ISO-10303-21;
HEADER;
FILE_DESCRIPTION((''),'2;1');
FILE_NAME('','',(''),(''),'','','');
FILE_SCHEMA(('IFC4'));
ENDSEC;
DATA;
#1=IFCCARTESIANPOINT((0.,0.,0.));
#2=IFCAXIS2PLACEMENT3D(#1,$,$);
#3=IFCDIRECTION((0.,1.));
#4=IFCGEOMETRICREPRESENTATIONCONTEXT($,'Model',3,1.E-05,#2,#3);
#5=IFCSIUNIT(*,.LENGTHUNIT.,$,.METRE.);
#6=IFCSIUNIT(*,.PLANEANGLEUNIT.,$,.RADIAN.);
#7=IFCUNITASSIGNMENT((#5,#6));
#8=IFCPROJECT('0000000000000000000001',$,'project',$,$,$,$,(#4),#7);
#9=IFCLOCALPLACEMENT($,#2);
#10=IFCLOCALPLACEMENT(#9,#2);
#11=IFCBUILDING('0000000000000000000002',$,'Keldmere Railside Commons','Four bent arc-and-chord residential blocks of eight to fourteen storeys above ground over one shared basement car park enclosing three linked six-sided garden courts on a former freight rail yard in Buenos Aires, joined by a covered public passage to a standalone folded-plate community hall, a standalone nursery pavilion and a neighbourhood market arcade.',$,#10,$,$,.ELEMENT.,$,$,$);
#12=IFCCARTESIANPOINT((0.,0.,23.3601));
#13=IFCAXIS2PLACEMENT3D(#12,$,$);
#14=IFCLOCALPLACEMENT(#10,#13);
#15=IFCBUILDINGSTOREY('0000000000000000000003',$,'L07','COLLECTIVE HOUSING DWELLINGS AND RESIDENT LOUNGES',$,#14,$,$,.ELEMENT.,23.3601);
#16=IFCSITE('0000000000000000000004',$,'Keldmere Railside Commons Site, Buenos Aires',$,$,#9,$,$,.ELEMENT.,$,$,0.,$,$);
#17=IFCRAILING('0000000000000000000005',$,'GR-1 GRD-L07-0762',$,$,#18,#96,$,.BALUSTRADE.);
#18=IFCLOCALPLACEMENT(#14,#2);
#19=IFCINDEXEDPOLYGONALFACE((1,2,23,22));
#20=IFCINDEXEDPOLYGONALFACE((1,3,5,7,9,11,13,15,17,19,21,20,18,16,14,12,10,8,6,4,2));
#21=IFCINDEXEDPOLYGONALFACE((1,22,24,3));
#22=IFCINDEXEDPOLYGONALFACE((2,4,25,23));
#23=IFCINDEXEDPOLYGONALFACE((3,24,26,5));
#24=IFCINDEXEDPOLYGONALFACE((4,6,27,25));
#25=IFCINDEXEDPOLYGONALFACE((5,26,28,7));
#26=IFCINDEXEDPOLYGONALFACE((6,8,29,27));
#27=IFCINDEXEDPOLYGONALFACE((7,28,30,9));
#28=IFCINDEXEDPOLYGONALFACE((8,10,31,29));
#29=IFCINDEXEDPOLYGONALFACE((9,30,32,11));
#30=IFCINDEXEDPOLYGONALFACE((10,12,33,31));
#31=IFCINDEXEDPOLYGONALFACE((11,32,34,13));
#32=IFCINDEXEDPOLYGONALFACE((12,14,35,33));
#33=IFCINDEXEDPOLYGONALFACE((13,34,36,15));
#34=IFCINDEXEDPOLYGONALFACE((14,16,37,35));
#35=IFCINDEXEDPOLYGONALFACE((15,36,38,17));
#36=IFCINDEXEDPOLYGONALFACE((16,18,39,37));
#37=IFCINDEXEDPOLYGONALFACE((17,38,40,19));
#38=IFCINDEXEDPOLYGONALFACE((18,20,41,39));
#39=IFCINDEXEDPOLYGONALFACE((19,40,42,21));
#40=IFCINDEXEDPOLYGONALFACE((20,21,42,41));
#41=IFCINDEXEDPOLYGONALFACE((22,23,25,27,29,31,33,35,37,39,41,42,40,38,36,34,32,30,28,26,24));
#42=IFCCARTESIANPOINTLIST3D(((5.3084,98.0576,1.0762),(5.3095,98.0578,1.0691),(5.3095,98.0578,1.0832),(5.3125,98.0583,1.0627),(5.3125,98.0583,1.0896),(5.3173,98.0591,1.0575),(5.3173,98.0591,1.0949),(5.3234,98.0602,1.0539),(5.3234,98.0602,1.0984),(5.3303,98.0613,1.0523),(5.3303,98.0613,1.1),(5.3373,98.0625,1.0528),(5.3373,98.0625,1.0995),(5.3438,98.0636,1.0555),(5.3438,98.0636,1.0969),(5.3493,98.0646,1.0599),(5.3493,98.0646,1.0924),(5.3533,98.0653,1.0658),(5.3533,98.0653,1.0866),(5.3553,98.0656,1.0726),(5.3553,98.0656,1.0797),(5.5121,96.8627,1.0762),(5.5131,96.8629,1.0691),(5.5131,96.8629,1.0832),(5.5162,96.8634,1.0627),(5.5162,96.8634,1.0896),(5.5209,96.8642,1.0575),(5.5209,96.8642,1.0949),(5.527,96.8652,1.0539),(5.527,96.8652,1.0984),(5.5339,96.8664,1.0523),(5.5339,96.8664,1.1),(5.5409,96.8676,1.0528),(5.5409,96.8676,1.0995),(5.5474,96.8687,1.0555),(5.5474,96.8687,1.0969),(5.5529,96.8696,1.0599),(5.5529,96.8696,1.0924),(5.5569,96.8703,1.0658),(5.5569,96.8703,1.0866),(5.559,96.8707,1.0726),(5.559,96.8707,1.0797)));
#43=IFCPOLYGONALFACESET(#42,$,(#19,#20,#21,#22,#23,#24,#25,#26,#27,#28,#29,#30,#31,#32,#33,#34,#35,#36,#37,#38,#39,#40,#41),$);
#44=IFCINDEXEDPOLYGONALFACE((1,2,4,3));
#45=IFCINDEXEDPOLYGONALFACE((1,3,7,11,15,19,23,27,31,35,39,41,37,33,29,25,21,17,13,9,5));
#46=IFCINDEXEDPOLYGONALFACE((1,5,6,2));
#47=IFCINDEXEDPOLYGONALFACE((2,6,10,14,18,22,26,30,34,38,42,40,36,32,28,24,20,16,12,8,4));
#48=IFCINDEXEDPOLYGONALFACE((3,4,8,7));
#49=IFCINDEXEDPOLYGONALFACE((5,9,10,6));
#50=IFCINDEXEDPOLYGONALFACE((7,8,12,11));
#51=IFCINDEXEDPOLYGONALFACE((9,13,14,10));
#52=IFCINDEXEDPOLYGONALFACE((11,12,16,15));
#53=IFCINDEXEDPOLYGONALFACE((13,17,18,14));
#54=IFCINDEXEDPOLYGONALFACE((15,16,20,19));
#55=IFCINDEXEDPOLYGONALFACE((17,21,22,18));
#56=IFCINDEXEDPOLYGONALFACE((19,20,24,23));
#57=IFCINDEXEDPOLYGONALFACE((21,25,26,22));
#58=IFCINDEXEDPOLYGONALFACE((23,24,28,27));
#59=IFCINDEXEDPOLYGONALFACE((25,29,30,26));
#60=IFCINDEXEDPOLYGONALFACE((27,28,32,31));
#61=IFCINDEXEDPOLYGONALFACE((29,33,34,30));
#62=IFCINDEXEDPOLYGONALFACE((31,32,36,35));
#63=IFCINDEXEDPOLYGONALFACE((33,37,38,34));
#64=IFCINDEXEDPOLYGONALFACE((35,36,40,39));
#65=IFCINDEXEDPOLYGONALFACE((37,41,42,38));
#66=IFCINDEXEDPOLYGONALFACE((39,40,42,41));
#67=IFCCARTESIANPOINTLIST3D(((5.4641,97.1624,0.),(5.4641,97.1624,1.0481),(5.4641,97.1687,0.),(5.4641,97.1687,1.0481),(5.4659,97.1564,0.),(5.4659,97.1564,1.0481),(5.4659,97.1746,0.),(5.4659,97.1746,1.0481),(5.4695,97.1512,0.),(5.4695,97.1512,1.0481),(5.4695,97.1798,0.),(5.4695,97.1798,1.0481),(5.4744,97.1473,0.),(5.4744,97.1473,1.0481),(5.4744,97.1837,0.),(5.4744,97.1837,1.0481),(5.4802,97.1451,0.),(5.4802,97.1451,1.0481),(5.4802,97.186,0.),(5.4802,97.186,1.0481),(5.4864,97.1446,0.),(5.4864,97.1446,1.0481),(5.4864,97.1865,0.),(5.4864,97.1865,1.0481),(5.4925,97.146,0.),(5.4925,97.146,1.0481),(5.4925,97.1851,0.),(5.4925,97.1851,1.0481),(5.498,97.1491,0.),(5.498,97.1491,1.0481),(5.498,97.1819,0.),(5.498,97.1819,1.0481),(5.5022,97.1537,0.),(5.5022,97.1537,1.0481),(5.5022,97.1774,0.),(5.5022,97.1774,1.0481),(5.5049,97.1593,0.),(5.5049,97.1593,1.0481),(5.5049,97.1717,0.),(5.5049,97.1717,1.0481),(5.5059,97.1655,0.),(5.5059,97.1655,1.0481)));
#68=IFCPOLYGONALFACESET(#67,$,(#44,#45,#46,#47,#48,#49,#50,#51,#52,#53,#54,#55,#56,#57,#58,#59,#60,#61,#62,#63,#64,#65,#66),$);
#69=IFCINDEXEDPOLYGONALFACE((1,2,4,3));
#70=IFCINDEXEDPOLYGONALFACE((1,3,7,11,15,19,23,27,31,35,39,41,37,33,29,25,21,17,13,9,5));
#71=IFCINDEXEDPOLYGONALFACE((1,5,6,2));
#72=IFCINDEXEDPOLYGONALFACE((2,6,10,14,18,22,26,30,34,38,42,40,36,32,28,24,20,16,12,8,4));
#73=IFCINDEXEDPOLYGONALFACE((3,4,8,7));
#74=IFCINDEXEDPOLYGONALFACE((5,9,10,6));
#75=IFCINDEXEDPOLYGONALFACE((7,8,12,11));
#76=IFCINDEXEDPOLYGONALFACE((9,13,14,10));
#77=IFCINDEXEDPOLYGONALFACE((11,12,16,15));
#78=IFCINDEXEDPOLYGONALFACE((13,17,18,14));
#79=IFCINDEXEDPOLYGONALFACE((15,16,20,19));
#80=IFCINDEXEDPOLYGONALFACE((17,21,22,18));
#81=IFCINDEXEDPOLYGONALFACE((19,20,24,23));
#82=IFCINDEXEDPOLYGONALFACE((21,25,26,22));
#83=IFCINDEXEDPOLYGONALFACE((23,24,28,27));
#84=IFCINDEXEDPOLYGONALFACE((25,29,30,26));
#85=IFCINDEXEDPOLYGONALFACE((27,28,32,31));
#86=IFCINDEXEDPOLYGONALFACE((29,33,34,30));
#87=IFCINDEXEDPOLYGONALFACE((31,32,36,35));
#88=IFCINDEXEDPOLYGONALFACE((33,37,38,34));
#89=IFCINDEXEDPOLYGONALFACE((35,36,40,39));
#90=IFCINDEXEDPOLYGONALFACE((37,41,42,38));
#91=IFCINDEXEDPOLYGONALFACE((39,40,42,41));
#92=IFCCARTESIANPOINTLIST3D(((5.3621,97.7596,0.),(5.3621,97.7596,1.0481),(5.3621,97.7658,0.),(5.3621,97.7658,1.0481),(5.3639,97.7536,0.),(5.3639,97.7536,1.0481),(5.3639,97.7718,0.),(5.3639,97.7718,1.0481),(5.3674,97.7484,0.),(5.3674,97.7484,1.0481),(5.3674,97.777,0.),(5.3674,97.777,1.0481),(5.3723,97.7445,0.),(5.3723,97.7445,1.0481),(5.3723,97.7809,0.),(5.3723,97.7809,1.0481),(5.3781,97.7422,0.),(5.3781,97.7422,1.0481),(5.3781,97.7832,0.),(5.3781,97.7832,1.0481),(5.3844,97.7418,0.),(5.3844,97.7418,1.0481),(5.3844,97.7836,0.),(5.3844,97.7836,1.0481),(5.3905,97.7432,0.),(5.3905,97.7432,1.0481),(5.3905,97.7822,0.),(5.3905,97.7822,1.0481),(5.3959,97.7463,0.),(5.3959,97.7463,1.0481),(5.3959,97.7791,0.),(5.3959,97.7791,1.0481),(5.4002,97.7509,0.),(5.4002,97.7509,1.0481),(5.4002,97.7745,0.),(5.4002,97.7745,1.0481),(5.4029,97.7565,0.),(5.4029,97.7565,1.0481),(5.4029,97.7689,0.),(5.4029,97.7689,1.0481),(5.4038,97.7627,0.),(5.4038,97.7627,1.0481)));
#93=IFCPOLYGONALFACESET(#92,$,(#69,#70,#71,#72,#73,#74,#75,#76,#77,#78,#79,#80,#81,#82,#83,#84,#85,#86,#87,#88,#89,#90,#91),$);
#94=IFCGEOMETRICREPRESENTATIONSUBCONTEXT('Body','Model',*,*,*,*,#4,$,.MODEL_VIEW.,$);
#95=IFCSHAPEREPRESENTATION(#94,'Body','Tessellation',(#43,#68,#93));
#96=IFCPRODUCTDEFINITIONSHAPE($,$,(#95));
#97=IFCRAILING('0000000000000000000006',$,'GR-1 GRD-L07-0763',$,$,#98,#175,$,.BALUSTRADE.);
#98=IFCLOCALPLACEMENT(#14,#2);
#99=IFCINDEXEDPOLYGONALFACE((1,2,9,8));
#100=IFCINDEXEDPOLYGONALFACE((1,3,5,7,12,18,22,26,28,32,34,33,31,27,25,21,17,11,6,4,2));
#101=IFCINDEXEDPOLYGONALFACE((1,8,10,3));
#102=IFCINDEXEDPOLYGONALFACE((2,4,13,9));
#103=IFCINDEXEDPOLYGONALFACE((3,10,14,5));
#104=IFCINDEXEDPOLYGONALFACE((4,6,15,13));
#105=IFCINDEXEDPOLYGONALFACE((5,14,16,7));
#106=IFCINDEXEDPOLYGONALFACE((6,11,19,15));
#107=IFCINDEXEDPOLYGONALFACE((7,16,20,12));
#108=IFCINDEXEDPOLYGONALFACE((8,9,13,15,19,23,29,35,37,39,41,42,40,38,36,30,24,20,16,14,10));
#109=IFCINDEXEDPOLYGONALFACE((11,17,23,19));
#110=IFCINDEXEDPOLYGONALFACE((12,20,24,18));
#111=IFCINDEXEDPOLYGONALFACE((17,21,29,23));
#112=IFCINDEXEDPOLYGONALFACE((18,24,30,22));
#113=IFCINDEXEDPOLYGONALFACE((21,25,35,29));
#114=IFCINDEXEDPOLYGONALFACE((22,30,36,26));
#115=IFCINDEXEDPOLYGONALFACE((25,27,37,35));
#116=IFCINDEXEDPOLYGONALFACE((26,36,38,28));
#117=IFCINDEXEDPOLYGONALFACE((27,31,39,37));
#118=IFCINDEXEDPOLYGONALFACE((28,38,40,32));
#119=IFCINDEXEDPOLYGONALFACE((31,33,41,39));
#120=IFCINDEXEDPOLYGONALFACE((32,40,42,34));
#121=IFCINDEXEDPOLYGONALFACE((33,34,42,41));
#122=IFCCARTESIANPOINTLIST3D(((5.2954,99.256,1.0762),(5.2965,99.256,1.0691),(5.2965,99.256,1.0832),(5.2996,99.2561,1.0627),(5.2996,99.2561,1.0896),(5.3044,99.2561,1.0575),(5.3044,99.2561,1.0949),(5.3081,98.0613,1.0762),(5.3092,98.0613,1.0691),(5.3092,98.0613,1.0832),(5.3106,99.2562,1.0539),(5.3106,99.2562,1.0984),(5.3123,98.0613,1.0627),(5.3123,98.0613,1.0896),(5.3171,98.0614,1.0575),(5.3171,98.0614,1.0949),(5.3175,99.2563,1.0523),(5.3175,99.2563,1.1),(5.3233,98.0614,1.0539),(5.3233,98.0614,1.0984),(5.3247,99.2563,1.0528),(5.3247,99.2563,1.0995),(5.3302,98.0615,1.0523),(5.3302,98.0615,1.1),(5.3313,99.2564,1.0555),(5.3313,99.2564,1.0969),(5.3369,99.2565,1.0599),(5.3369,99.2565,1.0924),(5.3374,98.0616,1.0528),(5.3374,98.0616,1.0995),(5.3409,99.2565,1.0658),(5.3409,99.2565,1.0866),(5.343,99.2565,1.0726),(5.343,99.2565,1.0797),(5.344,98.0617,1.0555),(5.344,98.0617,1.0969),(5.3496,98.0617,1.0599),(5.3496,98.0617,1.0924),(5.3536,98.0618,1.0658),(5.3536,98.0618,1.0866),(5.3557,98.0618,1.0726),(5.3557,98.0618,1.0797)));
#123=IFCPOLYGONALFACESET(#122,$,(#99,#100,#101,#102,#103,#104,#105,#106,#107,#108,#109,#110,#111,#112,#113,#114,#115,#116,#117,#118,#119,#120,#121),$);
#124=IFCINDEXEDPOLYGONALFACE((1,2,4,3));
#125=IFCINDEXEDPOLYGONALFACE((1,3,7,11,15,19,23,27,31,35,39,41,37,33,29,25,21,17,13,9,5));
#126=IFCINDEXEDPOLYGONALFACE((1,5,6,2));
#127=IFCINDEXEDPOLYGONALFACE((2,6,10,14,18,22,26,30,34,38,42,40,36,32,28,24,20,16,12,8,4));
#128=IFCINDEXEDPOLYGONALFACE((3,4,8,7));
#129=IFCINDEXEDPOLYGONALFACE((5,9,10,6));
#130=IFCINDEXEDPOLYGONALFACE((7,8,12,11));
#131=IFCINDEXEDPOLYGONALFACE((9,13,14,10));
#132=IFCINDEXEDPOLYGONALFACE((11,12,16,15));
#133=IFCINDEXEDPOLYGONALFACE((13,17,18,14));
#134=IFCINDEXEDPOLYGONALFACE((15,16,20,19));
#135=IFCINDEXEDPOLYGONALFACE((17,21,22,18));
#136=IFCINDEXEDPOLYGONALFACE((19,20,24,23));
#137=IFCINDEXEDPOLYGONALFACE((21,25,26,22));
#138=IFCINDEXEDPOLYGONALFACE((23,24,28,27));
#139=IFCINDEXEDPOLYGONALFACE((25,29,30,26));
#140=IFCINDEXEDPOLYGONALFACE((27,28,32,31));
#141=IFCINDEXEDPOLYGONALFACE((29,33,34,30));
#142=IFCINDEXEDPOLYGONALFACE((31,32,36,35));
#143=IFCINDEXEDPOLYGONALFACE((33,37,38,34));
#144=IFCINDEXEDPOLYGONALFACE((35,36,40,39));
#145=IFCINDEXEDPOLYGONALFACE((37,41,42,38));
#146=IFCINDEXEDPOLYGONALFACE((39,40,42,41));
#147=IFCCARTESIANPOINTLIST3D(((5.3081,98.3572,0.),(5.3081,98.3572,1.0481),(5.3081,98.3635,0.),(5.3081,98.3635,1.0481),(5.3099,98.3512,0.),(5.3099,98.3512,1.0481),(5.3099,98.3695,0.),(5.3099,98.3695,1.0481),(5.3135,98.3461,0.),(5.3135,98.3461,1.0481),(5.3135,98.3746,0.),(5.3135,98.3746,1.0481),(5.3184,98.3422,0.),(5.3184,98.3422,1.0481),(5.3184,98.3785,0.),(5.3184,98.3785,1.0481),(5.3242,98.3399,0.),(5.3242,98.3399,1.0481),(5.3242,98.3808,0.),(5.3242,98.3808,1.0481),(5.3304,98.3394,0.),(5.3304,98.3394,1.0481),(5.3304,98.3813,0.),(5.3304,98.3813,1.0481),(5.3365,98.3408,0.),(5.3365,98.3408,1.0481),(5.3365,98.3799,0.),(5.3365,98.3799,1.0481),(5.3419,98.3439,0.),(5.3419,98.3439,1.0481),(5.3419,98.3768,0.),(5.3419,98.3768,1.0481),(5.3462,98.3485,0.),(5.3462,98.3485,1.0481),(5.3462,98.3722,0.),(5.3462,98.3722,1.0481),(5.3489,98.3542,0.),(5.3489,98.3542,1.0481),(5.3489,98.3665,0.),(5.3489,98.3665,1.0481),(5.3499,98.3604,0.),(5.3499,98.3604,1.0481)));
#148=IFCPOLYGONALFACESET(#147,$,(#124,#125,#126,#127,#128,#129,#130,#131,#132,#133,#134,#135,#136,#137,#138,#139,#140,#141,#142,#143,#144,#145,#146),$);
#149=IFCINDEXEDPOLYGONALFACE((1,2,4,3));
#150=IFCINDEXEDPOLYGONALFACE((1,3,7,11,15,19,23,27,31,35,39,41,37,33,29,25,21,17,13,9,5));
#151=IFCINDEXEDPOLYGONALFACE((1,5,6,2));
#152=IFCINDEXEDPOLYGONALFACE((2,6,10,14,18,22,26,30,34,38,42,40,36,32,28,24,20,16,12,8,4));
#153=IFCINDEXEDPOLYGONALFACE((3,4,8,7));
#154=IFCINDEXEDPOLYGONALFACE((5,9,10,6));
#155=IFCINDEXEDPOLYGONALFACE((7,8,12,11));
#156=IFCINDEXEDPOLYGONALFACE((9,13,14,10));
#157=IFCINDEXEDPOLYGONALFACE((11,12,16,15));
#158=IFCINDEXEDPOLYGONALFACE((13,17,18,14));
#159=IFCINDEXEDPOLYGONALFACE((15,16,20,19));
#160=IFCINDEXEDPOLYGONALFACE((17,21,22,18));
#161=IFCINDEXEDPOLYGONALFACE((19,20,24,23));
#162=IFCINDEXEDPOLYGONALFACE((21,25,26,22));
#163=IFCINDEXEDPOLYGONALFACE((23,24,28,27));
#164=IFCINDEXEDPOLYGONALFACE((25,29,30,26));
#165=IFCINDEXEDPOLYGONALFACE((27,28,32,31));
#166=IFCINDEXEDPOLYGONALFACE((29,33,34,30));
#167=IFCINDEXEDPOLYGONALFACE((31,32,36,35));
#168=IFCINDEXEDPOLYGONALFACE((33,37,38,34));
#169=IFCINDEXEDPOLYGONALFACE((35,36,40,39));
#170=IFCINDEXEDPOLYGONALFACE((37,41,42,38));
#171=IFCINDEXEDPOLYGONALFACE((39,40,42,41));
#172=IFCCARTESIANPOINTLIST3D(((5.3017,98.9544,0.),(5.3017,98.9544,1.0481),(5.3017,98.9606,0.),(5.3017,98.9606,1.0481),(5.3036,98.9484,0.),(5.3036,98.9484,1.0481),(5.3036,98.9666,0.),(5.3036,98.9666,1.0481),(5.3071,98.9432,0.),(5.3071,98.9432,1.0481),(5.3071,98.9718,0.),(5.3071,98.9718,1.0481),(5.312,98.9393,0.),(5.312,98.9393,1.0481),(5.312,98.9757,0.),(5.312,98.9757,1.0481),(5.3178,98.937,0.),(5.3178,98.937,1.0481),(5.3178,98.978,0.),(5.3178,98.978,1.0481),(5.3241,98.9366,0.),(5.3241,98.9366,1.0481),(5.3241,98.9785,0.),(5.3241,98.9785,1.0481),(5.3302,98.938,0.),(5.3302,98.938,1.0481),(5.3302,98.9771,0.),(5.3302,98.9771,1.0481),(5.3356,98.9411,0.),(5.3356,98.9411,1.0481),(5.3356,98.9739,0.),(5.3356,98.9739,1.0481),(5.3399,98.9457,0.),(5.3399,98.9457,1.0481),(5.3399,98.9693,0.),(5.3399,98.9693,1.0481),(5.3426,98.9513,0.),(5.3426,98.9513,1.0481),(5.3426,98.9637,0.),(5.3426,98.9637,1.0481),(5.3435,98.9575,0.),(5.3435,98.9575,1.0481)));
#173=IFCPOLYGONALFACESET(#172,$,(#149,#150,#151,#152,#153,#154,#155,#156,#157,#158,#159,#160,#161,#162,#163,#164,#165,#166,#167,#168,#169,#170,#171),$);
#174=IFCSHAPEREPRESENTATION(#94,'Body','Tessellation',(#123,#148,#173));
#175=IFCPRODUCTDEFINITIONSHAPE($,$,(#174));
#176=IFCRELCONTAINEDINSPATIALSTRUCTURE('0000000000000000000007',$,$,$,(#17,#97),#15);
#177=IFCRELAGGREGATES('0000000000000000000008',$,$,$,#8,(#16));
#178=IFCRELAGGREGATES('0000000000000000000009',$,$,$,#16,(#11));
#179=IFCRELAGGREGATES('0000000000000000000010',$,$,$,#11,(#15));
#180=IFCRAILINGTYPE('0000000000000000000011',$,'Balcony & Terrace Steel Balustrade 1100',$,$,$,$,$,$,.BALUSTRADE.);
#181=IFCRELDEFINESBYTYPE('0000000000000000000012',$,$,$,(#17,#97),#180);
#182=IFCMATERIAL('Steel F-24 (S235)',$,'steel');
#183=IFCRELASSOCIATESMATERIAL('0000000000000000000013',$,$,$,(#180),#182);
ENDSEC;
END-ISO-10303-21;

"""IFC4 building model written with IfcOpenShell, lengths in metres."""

from ifc_helpers import new_model, si_unit, direction, frame, origin, origin_2d, place, context, subcontext, project, spatial, circle, extrude, material, type_object, element, save


model = new_model("IFC4")

# Units and contexts
model_context = context("Model", 3, precision=1e-05, world=origin(), true_north=direction((0.0, 1.0)))
body_context = subcontext(model_context, "Body", "Model", "MODEL_VIEW")
ifc_project = project(units=[si_unit("LENGTHUNIT", "METRE"), si_unit("PLANEANGLEUNIT", "RADIAN")], contexts=[model_context])

# Site, building, storey
site_placement = place(None, origin())
site = spatial("IfcSite", under=ifc_project, at=site_placement, Name="Keldmere Railside Commons Site, Buenos Aires", CompositionType="ELEMENT", RefElevation=0.0)
building_placement = place(site_placement, origin())
building = spatial("IfcBuilding", under=site, at=building_placement, Name="Keldmere Railside Commons", Description="Four bent arc-and-chord residential blocks of eight to fourteen storeys above ground over one shared basement car park enclosing three linked six-sided garden courts on a former freight rail yard in Buenos Aires, joined by a covered public passage to a standalone folded-plate community hall, a standalone nursery pavilion and a neighbourhood market arcade.", CompositionType="ELEMENT")
storey_placement = place(building_placement, frame((0.0, 0.0, 23.3601)))
storey = spatial("IfcBuildingStorey", under=building, at=storey_placement, Name="L07", Description="COLLECTIVE HOUSING DWELLINGS AND RESIDENT LOUNGES", CompositionType="ELEMENT", Elevation=23.3601)

# Railings
ifc_material_1 = material(Name="Steel F-24 (S235)", Category="steel")
railing_type = type_object("IfcRailingType", Name="Balcony & Terrace Steel Balustrade 1100", PredefinedType="BALUSTRADE", material=ifc_material_1)
railing_1_placement = place(storey_placement, frame((5.5356, 96.8667, 0.0)))
element("IfcRailing", 1, at=railing_1_placement, inside=storey, type_object=railing_type, Name="GR-1 GRD-L07-0762", PredefinedType="BALUSTRADE", context=body_context, shape_type="SweptSolid", body=[
    extrude(circle(Radius=0.0239, at=origin_2d()), frame((0.0, 0.0, 1.0762), z_axis=(-0.167991, 0.985789, 0.0), x_axis=(-0.985789, -0.167991, 0.0)), (0.0, 0.0, 1.0), 1.2122),
    extrude(circle(Radius=0.021, at=origin_2d()), frame((-0.0508, 0.2988, 0.0)), (0.0, 0.0, 1.0), 1.0481),
    extrude(circle(Radius=0.021, at=origin_2d()), frame((-0.1528, 0.896, 0.0)), (0.0, 0.0, 1.0), 1.0481),
])
railing_2_placement = place(storey_placement, frame((5.332, 98.0615, 0.0)))
element("IfcRailing", 2, at=railing_2_placement, inside=storey, type_object=railing_type, Name="GR-1 GRD-L07-0763", PredefinedType="BALUSTRADE", context=body_context, shape_type="SweptSolid", body=[
    extrude(circle(Radius=0.0239, at=origin_2d()), frame((0.0, 0.0, 1.0762), z_axis=(-0.010625, 0.999944, 0.0), x_axis=(-0.999944, -0.010625, 0.0)), (0.0, 0.0, 1.0), 1.1948),
    extrude(circle(Radius=0.021, at=origin_2d()), frame((-0.0032, 0.2988, 0.0)), (0.0, 0.0, 1.0), 1.0481),
    extrude(circle(Radius=0.021, at=origin_2d()), frame((-0.0095, 0.896, 0.0)), (0.0, 0.0, 1.0), 1.0481),
])

save(model, "model.ifc")
